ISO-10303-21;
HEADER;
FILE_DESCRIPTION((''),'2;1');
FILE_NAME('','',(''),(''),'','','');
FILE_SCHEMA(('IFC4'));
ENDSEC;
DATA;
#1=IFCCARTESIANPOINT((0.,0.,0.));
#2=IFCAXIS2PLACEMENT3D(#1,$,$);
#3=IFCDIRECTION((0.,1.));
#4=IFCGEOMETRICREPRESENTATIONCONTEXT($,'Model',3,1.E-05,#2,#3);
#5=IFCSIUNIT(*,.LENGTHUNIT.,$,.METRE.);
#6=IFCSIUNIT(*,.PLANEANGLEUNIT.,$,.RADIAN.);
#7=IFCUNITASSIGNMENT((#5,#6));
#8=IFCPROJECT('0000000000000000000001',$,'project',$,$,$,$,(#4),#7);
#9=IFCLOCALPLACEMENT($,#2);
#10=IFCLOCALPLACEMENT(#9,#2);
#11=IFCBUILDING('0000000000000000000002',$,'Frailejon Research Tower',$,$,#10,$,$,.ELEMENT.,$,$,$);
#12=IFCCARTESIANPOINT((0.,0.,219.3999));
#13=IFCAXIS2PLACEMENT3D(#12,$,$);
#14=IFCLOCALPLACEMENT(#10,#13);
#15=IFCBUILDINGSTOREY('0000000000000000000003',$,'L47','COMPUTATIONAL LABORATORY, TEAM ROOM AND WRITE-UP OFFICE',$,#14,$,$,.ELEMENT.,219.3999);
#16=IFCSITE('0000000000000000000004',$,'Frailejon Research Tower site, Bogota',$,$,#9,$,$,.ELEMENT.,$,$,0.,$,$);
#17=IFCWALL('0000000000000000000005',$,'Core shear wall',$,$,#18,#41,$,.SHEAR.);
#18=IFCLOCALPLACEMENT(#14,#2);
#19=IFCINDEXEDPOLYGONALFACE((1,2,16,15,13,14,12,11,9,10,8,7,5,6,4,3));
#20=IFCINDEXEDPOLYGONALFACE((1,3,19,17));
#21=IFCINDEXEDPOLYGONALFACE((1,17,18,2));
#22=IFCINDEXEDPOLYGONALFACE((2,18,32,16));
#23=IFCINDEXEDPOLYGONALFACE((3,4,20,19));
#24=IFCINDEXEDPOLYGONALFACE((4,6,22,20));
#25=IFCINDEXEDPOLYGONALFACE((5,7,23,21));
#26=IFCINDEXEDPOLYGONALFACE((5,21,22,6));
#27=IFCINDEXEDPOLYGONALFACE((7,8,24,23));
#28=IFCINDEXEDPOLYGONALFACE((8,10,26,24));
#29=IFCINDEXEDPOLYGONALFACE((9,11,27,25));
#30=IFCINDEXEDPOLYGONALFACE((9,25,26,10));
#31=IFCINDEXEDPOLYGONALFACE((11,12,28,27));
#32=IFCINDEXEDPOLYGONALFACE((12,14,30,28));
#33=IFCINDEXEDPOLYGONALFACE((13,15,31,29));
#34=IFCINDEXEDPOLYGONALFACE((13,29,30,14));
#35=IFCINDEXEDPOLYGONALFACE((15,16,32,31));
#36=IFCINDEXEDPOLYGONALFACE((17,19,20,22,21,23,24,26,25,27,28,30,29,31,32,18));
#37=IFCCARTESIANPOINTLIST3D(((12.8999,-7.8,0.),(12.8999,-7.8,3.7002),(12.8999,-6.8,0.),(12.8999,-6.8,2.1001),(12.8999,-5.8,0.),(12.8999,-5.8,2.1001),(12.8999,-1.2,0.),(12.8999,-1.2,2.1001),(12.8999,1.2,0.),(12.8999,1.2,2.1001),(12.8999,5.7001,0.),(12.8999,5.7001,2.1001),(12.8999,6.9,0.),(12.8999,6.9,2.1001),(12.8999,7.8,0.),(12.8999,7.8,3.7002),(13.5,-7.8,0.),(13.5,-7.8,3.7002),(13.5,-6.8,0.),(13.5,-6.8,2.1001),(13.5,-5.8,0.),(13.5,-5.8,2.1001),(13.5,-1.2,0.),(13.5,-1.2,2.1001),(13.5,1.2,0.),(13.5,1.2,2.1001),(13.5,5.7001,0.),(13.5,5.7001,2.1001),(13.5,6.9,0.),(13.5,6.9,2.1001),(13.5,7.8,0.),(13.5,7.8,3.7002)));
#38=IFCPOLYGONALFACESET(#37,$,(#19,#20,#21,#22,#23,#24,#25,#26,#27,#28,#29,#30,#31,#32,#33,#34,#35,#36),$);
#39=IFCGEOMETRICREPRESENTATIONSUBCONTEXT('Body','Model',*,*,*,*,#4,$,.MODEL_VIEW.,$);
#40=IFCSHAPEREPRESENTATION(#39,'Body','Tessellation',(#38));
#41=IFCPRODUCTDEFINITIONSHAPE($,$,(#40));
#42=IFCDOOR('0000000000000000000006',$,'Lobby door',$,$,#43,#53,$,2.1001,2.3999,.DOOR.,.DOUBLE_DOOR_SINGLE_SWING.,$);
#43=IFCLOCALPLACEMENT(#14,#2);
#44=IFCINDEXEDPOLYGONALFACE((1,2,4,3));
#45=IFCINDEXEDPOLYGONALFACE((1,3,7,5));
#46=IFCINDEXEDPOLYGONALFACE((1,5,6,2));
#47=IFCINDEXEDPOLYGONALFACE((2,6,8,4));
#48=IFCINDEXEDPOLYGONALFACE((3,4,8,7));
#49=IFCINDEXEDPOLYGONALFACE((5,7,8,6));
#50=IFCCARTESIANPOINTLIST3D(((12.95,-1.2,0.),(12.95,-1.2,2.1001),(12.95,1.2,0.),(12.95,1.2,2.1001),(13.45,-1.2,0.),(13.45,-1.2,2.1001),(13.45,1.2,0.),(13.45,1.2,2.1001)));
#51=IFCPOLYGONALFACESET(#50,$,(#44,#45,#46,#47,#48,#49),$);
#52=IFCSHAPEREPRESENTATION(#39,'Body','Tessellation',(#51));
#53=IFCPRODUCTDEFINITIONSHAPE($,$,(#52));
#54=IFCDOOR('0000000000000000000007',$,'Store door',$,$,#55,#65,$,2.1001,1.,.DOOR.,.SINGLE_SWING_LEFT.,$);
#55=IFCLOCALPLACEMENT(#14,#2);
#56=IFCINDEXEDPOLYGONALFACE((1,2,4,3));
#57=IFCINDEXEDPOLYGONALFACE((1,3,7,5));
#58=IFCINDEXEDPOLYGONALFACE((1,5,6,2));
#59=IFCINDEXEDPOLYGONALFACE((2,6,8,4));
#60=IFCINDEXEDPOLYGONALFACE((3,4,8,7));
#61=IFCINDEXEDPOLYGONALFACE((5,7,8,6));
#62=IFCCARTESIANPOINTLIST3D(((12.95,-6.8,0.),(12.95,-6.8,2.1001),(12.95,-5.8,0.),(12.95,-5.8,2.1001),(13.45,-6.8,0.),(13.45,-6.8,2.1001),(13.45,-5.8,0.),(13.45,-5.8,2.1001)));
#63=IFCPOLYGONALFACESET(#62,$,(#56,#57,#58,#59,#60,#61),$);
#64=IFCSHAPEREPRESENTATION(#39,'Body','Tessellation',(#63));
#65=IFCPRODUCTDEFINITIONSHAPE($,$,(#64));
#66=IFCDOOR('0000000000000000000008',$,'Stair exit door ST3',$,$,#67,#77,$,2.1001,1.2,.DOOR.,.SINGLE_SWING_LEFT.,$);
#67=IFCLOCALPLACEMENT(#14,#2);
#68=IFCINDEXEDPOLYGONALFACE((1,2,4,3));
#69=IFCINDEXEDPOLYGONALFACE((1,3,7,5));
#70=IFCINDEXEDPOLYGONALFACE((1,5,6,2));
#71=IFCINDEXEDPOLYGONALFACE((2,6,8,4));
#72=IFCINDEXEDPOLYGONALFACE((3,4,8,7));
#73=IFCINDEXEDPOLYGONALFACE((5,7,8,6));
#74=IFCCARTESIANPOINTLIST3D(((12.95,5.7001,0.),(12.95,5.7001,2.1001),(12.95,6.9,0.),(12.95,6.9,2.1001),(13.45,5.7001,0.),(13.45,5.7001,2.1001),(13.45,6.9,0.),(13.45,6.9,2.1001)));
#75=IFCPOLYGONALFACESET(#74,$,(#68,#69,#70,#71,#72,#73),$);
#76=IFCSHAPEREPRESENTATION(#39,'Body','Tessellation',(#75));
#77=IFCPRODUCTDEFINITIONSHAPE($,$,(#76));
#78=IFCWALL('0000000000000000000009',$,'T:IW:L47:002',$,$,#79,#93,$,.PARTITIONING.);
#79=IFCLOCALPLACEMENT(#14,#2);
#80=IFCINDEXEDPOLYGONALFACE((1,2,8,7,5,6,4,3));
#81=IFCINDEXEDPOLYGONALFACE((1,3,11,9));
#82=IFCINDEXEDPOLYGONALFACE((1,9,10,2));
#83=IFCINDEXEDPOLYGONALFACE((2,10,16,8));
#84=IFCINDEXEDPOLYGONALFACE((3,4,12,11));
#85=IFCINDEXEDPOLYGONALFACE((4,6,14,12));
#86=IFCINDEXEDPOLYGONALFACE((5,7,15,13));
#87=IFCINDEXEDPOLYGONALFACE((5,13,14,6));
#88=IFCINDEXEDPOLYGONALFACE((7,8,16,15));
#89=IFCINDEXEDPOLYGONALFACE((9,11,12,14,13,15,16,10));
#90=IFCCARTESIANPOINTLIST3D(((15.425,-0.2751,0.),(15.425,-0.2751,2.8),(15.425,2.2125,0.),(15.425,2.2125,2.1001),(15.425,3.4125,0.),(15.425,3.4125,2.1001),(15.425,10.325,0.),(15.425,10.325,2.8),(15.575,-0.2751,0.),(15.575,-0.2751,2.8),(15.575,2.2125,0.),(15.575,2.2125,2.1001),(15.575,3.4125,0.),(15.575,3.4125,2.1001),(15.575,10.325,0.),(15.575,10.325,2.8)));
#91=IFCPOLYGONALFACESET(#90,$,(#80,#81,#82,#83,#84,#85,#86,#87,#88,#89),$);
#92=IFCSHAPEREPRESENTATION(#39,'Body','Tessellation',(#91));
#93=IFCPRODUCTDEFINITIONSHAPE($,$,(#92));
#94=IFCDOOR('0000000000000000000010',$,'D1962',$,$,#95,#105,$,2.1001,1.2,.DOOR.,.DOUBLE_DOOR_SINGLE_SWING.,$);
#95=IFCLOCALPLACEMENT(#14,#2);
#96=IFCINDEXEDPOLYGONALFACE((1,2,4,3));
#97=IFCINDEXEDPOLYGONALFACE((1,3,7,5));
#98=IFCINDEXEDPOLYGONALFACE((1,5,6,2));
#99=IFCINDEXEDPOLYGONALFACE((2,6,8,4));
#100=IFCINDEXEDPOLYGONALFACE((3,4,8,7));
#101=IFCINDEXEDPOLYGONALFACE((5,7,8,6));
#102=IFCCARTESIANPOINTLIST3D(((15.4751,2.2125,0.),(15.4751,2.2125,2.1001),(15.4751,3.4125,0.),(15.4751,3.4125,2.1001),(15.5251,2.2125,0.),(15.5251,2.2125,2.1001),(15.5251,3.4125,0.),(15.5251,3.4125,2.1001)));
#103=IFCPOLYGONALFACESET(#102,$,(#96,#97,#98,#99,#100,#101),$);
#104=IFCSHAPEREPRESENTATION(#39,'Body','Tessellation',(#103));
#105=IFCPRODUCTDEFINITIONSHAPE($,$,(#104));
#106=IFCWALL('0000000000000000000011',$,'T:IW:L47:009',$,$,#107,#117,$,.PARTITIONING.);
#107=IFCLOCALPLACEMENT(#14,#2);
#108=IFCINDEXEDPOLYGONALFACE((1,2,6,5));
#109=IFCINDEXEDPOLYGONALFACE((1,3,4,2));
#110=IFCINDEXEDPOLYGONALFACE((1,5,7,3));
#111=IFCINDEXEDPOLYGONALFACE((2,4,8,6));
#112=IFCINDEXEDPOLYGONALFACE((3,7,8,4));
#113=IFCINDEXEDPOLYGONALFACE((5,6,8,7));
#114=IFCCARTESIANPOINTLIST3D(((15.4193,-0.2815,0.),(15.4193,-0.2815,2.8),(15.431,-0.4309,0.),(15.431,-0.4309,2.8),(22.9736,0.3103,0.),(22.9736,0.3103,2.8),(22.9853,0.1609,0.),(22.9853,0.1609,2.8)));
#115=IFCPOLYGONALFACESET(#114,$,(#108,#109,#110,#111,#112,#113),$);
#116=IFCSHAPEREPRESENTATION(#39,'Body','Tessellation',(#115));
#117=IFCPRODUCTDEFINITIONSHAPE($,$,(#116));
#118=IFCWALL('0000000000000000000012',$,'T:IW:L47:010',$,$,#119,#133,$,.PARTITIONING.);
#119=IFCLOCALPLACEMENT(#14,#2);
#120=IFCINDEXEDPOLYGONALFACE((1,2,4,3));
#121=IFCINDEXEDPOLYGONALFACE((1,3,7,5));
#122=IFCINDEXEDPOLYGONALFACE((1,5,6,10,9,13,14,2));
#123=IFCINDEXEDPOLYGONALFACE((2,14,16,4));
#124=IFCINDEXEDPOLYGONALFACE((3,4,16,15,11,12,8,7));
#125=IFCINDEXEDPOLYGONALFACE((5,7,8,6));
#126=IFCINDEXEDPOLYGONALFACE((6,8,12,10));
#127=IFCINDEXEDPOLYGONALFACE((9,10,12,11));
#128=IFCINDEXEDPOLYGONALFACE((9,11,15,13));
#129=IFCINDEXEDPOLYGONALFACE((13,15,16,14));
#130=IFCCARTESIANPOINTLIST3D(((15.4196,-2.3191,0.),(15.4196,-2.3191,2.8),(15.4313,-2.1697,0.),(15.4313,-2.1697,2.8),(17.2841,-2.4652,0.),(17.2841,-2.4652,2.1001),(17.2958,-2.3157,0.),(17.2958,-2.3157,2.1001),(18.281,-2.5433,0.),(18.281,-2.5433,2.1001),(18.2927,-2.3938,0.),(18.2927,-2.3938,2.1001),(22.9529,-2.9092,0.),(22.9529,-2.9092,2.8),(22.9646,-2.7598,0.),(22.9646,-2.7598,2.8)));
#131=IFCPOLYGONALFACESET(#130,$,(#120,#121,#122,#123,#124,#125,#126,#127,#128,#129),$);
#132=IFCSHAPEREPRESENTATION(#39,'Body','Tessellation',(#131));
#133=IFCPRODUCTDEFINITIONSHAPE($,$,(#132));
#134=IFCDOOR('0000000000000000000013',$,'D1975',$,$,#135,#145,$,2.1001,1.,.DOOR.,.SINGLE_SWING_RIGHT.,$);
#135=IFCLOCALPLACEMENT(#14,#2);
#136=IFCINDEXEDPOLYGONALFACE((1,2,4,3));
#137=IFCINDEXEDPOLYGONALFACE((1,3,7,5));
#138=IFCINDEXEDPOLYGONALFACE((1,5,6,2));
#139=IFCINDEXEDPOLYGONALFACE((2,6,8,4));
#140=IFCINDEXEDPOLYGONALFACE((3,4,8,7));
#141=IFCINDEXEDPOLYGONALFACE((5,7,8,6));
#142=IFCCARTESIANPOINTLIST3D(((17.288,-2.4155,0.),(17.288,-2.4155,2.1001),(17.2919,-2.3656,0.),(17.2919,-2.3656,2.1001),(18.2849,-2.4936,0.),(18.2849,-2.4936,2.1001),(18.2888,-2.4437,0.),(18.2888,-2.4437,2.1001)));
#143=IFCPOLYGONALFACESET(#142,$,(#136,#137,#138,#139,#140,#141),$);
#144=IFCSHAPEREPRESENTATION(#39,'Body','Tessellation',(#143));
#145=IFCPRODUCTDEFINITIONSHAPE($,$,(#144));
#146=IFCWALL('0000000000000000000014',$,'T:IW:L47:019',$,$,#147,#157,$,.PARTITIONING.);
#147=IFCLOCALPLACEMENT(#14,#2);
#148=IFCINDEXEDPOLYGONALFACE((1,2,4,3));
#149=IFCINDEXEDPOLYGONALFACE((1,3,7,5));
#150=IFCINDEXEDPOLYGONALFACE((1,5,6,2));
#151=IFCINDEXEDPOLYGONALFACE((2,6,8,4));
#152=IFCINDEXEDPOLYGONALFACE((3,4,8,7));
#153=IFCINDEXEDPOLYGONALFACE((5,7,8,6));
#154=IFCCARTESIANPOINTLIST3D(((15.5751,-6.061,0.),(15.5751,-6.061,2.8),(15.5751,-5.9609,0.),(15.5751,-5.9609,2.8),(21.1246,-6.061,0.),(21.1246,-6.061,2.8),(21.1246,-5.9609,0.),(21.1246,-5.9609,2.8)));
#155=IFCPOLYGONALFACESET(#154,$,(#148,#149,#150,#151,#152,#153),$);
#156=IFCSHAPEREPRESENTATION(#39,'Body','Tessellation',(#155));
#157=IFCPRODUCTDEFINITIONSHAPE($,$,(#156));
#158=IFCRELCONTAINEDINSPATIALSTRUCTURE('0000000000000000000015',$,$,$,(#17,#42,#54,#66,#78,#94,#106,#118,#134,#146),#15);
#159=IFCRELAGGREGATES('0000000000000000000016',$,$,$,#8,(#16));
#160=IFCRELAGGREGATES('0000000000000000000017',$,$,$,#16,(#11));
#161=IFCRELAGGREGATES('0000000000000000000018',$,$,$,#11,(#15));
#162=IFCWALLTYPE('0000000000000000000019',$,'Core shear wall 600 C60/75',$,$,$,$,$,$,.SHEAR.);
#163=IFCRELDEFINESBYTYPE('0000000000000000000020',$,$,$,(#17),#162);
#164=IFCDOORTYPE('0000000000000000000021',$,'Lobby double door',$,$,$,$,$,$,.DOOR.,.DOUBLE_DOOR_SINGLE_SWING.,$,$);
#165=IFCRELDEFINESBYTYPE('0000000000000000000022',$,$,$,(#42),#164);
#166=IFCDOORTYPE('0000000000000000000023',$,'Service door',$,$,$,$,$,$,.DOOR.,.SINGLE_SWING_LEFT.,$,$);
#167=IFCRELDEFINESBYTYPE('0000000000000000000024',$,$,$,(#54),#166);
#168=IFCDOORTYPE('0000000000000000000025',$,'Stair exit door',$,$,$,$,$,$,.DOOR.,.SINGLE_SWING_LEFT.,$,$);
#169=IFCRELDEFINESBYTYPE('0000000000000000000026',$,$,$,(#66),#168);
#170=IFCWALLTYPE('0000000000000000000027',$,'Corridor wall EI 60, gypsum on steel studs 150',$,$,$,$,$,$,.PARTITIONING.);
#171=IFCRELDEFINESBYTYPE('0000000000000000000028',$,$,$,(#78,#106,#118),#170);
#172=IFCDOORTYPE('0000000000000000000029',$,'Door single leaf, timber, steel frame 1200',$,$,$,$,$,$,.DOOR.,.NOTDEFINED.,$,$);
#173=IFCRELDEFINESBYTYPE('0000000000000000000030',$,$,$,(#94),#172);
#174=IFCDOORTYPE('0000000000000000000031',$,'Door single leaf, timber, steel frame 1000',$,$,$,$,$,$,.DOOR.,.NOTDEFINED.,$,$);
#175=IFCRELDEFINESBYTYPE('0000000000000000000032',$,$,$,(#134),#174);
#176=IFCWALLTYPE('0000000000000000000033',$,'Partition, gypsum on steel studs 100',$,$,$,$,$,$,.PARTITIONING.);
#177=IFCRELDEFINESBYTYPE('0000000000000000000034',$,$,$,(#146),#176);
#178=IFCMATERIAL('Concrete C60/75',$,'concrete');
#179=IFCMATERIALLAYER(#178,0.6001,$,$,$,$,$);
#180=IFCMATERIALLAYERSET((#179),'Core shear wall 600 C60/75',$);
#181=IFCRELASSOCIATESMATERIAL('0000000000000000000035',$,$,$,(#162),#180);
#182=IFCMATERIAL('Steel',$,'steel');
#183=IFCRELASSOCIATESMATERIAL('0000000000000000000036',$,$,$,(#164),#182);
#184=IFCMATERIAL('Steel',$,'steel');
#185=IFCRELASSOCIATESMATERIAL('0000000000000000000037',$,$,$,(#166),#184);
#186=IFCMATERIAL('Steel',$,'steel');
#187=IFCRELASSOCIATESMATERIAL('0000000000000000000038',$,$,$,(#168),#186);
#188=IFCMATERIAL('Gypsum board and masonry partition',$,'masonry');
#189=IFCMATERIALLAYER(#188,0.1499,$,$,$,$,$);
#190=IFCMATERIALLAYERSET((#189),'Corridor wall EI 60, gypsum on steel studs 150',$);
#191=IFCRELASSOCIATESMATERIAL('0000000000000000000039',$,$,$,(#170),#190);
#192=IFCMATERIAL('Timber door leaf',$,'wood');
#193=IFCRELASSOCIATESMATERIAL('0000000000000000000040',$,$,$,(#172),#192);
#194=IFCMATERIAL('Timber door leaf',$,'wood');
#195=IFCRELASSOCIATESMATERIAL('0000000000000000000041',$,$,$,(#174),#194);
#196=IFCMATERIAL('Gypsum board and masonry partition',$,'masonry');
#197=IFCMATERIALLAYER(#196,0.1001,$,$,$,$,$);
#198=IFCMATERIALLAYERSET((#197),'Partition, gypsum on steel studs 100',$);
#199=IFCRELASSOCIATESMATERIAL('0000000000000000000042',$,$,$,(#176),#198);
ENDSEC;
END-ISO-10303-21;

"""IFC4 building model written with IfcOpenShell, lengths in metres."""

from ifc_helpers import new_model, si_unit, direction, frame, frame_2d, origin, place, context, subcontext, project, spatial, rectangle, extrude, material, layer, layer_set, type_object, element, fill, save


model = new_model("IFC4")

# Units and contexts
model_context = context("Model", 3, precision=1e-05, world=origin(), true_north=direction((0.0, 1.0)))
body_context = subcontext(model_context, "Body", "Model", "MODEL_VIEW")
ifc_project = project(units=[si_unit("LENGTHUNIT", "METRE"), si_unit("PLANEANGLEUNIT", "RADIAN")], contexts=[model_context])

# Site, building, storey
site_placement = place(None, origin())
site = spatial("IfcSite", under=ifc_project, at=site_placement, Name="Frailejon Research Tower site, Bogota", CompositionType="ELEMENT", RefElevation=0.0)
building_placement = place(site_placement, origin())
building = spatial("IfcBuilding", under=site, at=building_placement, Name="Frailejon Research Tower", CompositionType="ELEMENT")
storey_placement = place(building_placement, frame((0.0, 0.0, 219.3999)))
storey = spatial("IfcBuildingStorey", under=building, at=storey_placement, Name="L47", Description="COMPUTATIONAL LABORATORY, TEAM ROOM AND WRITE-UP OFFICE", CompositionType="ELEMENT", Elevation=219.3999)

# Wall, openings, doors
ifc_material_1 = material(Name="Concrete C60/75", Category="concrete")
ifc_layer_1 = layer(ifc_material_1, 0.6001)
ifc_layer_set_1 = layer_set([ifc_layer_1], Name="Core shear wall 600 C60/75")
wall_type_1 = type_object("IfcWallType", Name="Core shear wall 600 C60/75", PredefinedType="SHEAR", material=ifc_layer_set_1)
wall_1_placement = place(storey_placement, frame((13.2, -7.8, 0.0), z_axis=(0.0, 0.0, 1.0), x_axis=(0.0, 1.0, 0.0)))
wall_1 = element("IfcWall", 1, at=wall_1_placement, inside=storey, type_object=wall_type_1, Name="Core shear wall", PredefinedType="SHEAR", context=body_context, shape_type="SweptSolid", body=[
    extrude(rectangle(XDim=15.6001, YDim=0.6001, at=frame_2d((7.8, 0.0))), origin(), (0.0, 0.0, 1.0), 3.7002),
])
opening_1_placement = place(wall_1_placement, frame((6.6001, 0.0, 0.0)))
opening_1 = element("IfcOpeningElement", 2, at=opening_1_placement, cuts=wall_1, PredefinedType="OPENING", context=body_context, shape_type="SweptSolid", body=[
    extrude(rectangle(XDim=2.3999, YDim=2.1001, at=frame_2d((1.2, 1.05))), frame((0.0, 0.3101, 0.0), z_axis=(0.0, -1.0, 0.0), x_axis=(1.0, 0.0, 0.0)), (0.0, 0.0, 1.0), 0.6201),
])
opening_2_placement = place(wall_1_placement, frame((13.5, 0.0, 0.0)))
opening_2 = element("IfcOpeningElement", 3, at=opening_2_placement, cuts=wall_1, PredefinedType="OPENING", context=body_context, shape_type="SweptSolid", body=[
    extrude(rectangle(XDim=1.2, YDim=2.1001, at=frame_2d((0.6001, 1.05))), frame((0.0, 0.3101, 0.0), z_axis=(0.0, -1.0, 0.0), x_axis=(1.0, 0.0, 0.0)), (0.0, 0.0, 1.0), 0.6201),
])
opening_3_placement = place(wall_1_placement, frame((1.0, 0.0, 0.0)))
opening_3 = element("IfcOpeningElement", 4, at=opening_3_placement, cuts=wall_1, PredefinedType="OPENING", context=body_context, shape_type="SweptSolid", body=[
    extrude(rectangle(XDim=1.0, YDim=2.1001, at=frame_2d((0.5, 1.05))), frame((0.0, 0.3101, 0.0), z_axis=(0.0, -1.0, 0.0), x_axis=(1.0, 0.0, 0.0)), (0.0, 0.0, 1.0), 0.6201),
])
ifc_material_2 = material(Name="Steel", Category="steel")
door_type_1 = type_object("IfcDoorType", Name="Lobby double door", OperationType="DOUBLE_DOOR_SINGLE_SWING", PredefinedType="DOOR", material=ifc_material_2)
door_1_placement = place(opening_1_placement, origin())
door_1 = element("IfcDoor", 5, at=door_1_placement, inside=storey, type_object=door_type_1, Name="Lobby door", OperationType="DOUBLE_DOOR_SINGLE_SWING", OverallHeight=2.1001, OverallWidth=2.3999, PredefinedType="DOOR", context=body_context, shape_type="SweptSolid", body=[
    extrude(rectangle(XDim=2.3999, YDim=2.1001, at=frame_2d((1.2, 1.05))), frame((0.0, 0.25, 0.0), z_axis=(0.0, -1.0, 0.0), x_axis=(1.0, 0.0, 0.0)), (0.0, 0.0, 1.0), 0.5),
])
fill(opening_1, door_1)
ifc_material_3 = material(Name="Steel", Category="steel")
door_type_2 = type_object("IfcDoorType", Name="Service door", OperationType="SINGLE_SWING_LEFT", PredefinedType="DOOR", material=ifc_material_3)
door_2_placement = place(opening_3_placement, origin())
door_2 = element("IfcDoor", 6, at=door_2_placement, inside=storey, type_object=door_type_2, Name="Store door", OperationType="SINGLE_SWING_LEFT", OverallHeight=2.1001, OverallWidth=1.0, PredefinedType="DOOR", context=body_context, shape_type="SweptSolid", body=[
    extrude(rectangle(XDim=1.0, YDim=2.1001, at=frame_2d((0.5, 1.05))), frame((0.0, 0.25, 0.0), z_axis=(0.0, -1.0, 0.0), x_axis=(1.0, 0.0, 0.0)), (0.0, 0.0, 1.0), 0.5),
])
fill(opening_3, door_2)
ifc_material_4 = material(Name="Steel", Category="steel")
door_type_3 = type_object("IfcDoorType", Name="Stair exit door", OperationType="SINGLE_SWING_LEFT", PredefinedType="DOOR", material=ifc_material_4)
door_3_placement = place(opening_2_placement, origin())
door_3 = element("IfcDoor", 7, at=door_3_placement, inside=storey, type_object=door_type_3, Name="Stair exit door ST3", OperationType="SINGLE_SWING_LEFT", OverallHeight=2.1001, OverallWidth=1.2, PredefinedType="DOOR", context=body_context, shape_type="SweptSolid", body=[
    extrude(rectangle(XDim=1.2, YDim=2.1001, at=frame_2d((0.6001, 1.05))), frame((0.0, 0.25, 0.0), z_axis=(0.0, -1.0, 0.0), x_axis=(1.0, 0.0, 0.0)), (0.0, 0.0, 1.0), 0.5),
])
fill(opening_2, door_3)

# Wall, opening, door
ifc_material_5 = material(Name="Gypsum board and masonry partition", Category="masonry")
ifc_layer_2 = layer(ifc_material_5, 0.1499)
ifc_layer_set_2 = layer_set([ifc_layer_2], Name="Corridor wall EI 60, gypsum on steel studs 150")
wall_type_2 = type_object("IfcWallType", Name="Corridor wall EI 60, gypsum on steel studs 150", PredefinedType="PARTITIONING", material=ifc_layer_set_2)
wall_2_placement = place(storey_placement, frame((15.5, -0.2751, 0.0), z_axis=(0.0, 0.0, 1.0), x_axis=(0.0, 1.0, 0.0)))
wall_2 = element("IfcWall", 8, at=wall_2_placement, inside=storey, type_object=wall_type_2, Name="T:IW:L47:002", PredefinedType="PARTITIONING", context=body_context, shape_type="SweptSolid", body=[
    extrude(rectangle(XDim=10.6001, YDim=0.1499, at=frame_2d((5.3, 0.0))), origin(), (0.0, 0.0, 1.0), 2.8),
])
opening_4_placement = place(wall_2_placement, frame((2.4875, 0.0, 0.0)))
opening_4 = element("IfcOpeningElement", 9, at=opening_4_placement, cuts=wall_2, PredefinedType="OPENING", context=body_context, shape_type="SweptSolid", body=[
    extrude(rectangle(XDim=1.2, YDim=2.1001, at=frame_2d((0.6001, 1.05))), frame((0.0, 0.085, 0.0), z_axis=(0.0, -1.0, 0.0), x_axis=(1.0, 0.0, 0.0)), (0.0, 0.0, 1.0), 0.1699),
])
ifc_material_6 = material(Name="Timber door leaf", Category="wood")
door_type_4 = type_object("IfcDoorType", Name="Door single leaf, timber, steel frame 1200", OperationType="NOTDEFINED", PredefinedType="DOOR", material=ifc_material_6)
door_4_placement = place(opening_4_placement, origin())
door_4 = element("IfcDoor", 10, at=door_4_placement, inside=storey, type_object=door_type_4, Name="D1962", OperationType="DOUBLE_DOOR_SINGLE_SWING", OverallHeight=2.1001, OverallWidth=1.2, PredefinedType="DOOR", context=body_context, shape_type="SweptSolid", body=[
    extrude(rectangle(XDim=1.2, YDim=2.1001, at=frame_2d((0.6001, 1.05))), frame((0.0, 0.0249, 0.0), z_axis=(0.0, -1.0, 0.0), x_axis=(1.0, 0.0, 0.0)), (0.0, 0.0, 1.0), 0.05),
])
fill(opening_4, door_4)

# Wall
wall_3_placement = place(storey_placement, frame((15.4253, -0.3562, 0.0), z_axis=(0.0, 0.0, 1.0), x_axis=(0.996945, 0.078101, 0.0)))
element("IfcWall", 11, at=wall_3_placement, inside=storey, type_object=wall_type_2, Name="T:IW:L47:009", PredefinedType="PARTITIONING", context=body_context, shape_type="SweptSolid", body=[
    extrude(rectangle(XDim=7.5774, YDim=0.1499, at=frame_2d((3.7886, 0.0))), origin(), (0.0, 0.0, 1.0), 2.8),
])

# Wall, opening, door
wall_4_placement = place(storey_placement, frame((15.4253, -2.2444, 0.0), z_axis=(0.0, 0.0, 1.0), x_axis=(0.996946, -0.078092, 0.0)))
wall_4 = element("IfcWall", 12, at=wall_4_placement, inside=storey, type_object=wall_type_2, Name="T:IW:L47:010", PredefinedType="PARTITIONING", context=body_context, shape_type="SweptSolid", body=[
    extrude(rectangle(XDim=7.5564, YDim=0.1499, at=frame_2d((3.7783, 0.0))), origin(), (0.0, 0.0, 1.0), 2.8),
])
opening_5_placement = place(wall_4_placement, frame((1.8704, 0.0, 0.0)))
opening_5 = element("IfcOpeningElement", 13, at=opening_5_placement, cuts=wall_4, PredefinedType="OPENING", context=body_context, shape_type="SweptSolid", body=[
    extrude(rectangle(XDim=1.0, YDim=2.1001, at=frame_2d((0.5, 1.05))), frame((0.0, 0.085, 0.0), z_axis=(0.0, -1.0, 0.0), x_axis=(1.0, 0.0, 0.0)), (0.0, 0.0, 1.0), 0.1699),
])
ifc_material_7 = material(Name="Timber door leaf", Category="wood")
door_type_5 = type_object("IfcDoorType", Name="Door single leaf, timber, steel frame 1000", OperationType="NOTDEFINED", PredefinedType="DOOR", material=ifc_material_7)
door_5_placement = place(opening_5_placement, origin())
door_5 = element("IfcDoor", 14, at=door_5_placement, inside=storey, type_object=door_type_5, Name="D1975", OperationType="SINGLE_SWING_RIGHT", OverallHeight=2.1001, OverallWidth=1.0, PredefinedType="DOOR", context=body_context, shape_type="SweptSolid", body=[
    extrude(rectangle(XDim=1.0, YDim=2.1001, at=frame_2d((0.5, 1.05))), frame((0.0, 0.0249, 0.0), z_axis=(0.0, -1.0, 0.0), x_axis=(1.0, 0.0, 0.0)), (0.0, 0.0, 1.0), 0.05),
])
fill(opening_5, door_5)

# Wall
ifc_material_8 = material(Name="Gypsum board and masonry partition", Category="masonry")
ifc_layer_3 = layer(ifc_material_8, 0.1001)
ifc_layer_set_3 = layer_set([ifc_layer_3], Name="Partition, gypsum on steel studs 100")
wall_type_3 = type_object("IfcWallType", Name="Partition, gypsum on steel studs 100", PredefinedType="PARTITIONING", material=ifc_layer_set_3)
wall_5_placement = place(storey_placement, frame((15.575, -6.011, 0.0), z_axis=(0.0, 0.0, 1.0), x_axis=(1.0, 0.0, 0.0)))
element("IfcWall", 15, at=wall_5_placement, inside=storey, type_object=wall_type_3, Name="T:IW:L47:019", PredefinedType="PARTITIONING", context=body_context, shape_type="SweptSolid", body=[
    extrude(rectangle(XDim=5.5496, YDim=0.1001, at=frame_2d((2.7749, 0.0))), origin(), (0.0, 0.0, 1.0), 2.8),
])

save(model, "model.ifc")
